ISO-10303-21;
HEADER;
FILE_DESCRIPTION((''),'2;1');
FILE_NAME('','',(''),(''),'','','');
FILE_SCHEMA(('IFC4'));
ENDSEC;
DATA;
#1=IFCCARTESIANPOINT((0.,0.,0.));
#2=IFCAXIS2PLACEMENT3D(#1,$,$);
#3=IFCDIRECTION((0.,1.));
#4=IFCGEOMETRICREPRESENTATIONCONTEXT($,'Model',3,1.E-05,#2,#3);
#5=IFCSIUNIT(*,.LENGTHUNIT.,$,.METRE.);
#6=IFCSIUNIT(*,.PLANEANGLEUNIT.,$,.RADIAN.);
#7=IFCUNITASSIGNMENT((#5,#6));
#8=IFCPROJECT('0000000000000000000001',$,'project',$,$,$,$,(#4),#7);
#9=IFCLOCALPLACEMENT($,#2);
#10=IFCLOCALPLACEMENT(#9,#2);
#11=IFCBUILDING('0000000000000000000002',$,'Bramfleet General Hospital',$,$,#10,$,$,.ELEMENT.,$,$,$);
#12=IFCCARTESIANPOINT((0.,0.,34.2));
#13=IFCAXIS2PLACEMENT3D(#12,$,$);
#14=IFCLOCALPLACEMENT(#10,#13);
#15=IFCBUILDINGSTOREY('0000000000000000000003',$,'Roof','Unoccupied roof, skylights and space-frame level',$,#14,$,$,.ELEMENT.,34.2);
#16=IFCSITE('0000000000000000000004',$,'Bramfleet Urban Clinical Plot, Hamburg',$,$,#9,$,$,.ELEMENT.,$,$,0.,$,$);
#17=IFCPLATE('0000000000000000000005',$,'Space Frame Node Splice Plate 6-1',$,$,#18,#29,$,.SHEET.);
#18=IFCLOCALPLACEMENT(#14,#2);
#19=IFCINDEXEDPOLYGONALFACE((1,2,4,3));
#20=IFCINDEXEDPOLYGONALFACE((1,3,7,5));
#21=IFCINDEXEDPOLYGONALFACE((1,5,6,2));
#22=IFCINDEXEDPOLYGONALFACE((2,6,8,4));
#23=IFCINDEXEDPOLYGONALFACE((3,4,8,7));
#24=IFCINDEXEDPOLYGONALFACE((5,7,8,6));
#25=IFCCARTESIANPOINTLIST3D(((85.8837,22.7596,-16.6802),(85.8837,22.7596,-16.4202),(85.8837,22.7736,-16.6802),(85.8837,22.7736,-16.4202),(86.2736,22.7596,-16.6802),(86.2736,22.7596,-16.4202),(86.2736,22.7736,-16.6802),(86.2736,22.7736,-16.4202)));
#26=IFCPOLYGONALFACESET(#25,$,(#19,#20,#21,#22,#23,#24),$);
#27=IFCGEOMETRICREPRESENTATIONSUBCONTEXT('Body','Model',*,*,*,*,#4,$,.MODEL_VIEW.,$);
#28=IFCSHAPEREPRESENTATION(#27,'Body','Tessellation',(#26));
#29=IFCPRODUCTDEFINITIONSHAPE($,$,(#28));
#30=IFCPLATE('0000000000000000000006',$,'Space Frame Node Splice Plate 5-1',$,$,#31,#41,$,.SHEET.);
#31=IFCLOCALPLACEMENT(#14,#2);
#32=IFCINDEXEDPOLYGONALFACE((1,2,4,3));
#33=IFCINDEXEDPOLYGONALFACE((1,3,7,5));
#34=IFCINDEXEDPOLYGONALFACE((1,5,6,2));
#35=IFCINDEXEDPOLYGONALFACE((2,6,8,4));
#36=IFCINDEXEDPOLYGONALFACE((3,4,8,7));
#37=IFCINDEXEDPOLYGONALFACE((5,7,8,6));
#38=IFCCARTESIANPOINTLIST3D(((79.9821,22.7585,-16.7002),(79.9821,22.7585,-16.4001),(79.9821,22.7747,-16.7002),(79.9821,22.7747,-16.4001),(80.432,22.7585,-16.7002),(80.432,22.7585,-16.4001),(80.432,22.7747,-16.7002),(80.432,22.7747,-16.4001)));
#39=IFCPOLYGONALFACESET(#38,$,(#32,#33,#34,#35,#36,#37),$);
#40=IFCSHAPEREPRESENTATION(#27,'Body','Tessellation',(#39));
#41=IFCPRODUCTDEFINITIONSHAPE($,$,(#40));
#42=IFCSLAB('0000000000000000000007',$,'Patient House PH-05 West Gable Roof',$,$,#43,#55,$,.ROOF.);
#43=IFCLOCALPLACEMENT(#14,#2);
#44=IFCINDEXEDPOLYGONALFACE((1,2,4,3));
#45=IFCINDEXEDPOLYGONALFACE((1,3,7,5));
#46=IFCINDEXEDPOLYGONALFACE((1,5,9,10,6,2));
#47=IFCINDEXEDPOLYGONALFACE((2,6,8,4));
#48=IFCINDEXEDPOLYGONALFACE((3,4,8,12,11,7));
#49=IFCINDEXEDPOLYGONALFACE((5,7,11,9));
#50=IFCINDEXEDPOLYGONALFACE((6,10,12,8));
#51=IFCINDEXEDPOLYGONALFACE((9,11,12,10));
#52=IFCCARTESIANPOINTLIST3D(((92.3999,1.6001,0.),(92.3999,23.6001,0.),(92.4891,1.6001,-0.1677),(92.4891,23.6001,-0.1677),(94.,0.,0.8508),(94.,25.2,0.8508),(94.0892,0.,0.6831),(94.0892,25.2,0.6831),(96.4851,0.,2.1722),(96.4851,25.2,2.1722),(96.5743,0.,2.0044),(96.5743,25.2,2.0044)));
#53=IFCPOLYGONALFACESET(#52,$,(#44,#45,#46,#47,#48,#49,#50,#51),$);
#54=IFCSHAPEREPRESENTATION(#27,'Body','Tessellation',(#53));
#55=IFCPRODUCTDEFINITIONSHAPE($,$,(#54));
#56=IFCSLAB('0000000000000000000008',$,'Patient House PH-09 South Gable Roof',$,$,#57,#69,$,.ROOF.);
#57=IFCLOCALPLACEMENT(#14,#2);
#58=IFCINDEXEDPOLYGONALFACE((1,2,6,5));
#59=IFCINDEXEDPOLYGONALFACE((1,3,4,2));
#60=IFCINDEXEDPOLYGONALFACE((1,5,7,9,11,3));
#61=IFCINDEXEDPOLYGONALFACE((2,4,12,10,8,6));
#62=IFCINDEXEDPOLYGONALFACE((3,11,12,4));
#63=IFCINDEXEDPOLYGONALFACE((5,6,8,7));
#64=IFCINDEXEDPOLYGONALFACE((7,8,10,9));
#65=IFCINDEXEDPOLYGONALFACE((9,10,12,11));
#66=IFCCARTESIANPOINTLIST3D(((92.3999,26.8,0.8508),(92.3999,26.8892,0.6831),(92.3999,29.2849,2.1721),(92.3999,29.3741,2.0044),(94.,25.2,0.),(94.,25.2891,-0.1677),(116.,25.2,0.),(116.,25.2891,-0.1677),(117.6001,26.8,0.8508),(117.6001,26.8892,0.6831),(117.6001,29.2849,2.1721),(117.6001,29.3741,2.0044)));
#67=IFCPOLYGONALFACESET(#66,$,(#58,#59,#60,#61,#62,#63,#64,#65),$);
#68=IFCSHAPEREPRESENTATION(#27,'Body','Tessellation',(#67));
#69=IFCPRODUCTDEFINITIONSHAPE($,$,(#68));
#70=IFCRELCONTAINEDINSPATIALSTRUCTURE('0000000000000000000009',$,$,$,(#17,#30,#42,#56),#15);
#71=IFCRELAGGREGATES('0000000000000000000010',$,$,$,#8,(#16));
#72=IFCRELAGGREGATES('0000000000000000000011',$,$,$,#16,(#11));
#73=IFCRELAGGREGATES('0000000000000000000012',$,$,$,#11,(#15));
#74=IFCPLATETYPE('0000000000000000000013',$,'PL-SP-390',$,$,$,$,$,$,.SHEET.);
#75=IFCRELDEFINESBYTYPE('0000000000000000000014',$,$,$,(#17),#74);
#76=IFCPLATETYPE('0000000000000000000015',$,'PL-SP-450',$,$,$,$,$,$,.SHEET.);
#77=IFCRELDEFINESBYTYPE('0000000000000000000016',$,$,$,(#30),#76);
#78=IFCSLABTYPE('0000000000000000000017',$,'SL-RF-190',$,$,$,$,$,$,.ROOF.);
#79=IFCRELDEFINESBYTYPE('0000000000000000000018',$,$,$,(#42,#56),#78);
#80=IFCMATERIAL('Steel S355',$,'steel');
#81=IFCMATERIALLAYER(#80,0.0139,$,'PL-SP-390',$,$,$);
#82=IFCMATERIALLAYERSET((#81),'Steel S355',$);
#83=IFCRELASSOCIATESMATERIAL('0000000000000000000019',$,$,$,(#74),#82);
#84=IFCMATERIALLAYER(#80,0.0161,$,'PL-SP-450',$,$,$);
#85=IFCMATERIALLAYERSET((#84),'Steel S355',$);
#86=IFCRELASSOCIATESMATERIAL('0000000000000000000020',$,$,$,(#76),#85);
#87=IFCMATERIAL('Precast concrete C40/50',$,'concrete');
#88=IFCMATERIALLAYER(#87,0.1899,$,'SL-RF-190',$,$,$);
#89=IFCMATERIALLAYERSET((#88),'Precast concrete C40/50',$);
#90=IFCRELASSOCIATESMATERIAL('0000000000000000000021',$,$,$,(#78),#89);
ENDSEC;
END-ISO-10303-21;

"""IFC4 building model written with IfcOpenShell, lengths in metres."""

from ifc_helpers import new_model, si_unit, direction, frame, origin, origin_2d, place, context, subcontext, project, spatial, polyline, rectangle, outline, extrude, material, layer, layer_set, type_object, element, save


model = new_model("IFC4")

# Units and contexts
model_context = context("Model", 3, precision=1e-05, world=origin(), true_north=direction((0.0, 1.0)))
body_context = subcontext(model_context, "Body", "Model", "MODEL_VIEW")
ifc_project = project(units=[si_unit("LENGTHUNIT", "METRE"), si_unit("PLANEANGLEUNIT", "RADIAN")], contexts=[model_context])

# Site, building, storey
site_placement = place(None, origin())
site = spatial("IfcSite", under=ifc_project, at=site_placement, Name="Bramfleet Urban Clinical Plot, Hamburg", CompositionType="ELEMENT", RefElevation=0.0)
building_placement = place(site_placement, origin())
building = spatial("IfcBuilding", under=site, at=building_placement, Name="Bramfleet General Hospital", CompositionType="ELEMENT")
storey_placement = place(building_placement, frame((0.0, 0.0, 34.2)))
storey = spatial("IfcBuildingStorey", under=building, at=storey_placement, Name="Roof", Description="Unoccupied roof, skylights and space-frame level", CompositionType="ELEMENT", Elevation=34.2)

# Shared definitions
ifc_material_1 = material(Name="Steel S355", Category="steel")

# Plates
ifc_layer_1 = layer(ifc_material_1, 0.0139, Name="PL-SP-390")
ifc_layer_set_1 = layer_set([ifc_layer_1], Name="Steel S355")
plate_type_1 = type_object("IfcPlateType", Name="PL-SP-390", PredefinedType="SHEET", material=ifc_layer_set_1)
for number, where, z_axis, x_axis, name in (
    (1, (86.0786, 22.7666, -16.6802), (0.0, 0.0, 1.0), (1.0, 0.0, 0.0), "Space Frame Node Splice Plate 6-1"),
):
    element("IfcPlate", number, at=place(storey_placement, frame(where, z_axis=z_axis, x_axis=x_axis)), inside=storey, type_object=plate_type_1, Name=name, PredefinedType="SHEET", context=body_context, shape_type="SweptSolid", body=[
        extrude(rectangle(XDim=0.3899, YDim=0.0139, at=origin_2d()), origin(), (0.0, 0.0, 1.0), 0.26),
    ])
ifc_layer_2 = layer(ifc_material_1, 0.0161, Name="PL-SP-450")
ifc_layer_set_2 = layer_set([ifc_layer_2], Name="Steel S355")
plate_type_2 = type_object("IfcPlateType", Name="PL-SP-450", PredefinedType="SHEET", material=ifc_layer_set_2)
plate_placement = place(storey_placement, frame((80.207, 22.7666, -16.7002), z_axis=(0.0, 0.0, 1.0), x_axis=(1.0, 0.0, 0.0)))
element("IfcPlate", 2, at=plate_placement, inside=storey, type_object=plate_type_2, Name="Space Frame Node Splice Plate 5-1", PredefinedType="SHEET", context=body_context, shape_type="SweptSolid", body=[
    extrude(rectangle(XDim=0.45, YDim=0.0161, at=origin_2d()), origin(), (0.0, 0.0, 1.0), 0.3),
])

# Slabs
ifc_material_2 = material(Name="Precast concrete C40/50", Category="concrete")
ifc_layer_3 = layer(ifc_material_2, 0.1899, Name="SL-RF-190")
ifc_layer_set_3 = layer_set([ifc_layer_3], Name="Precast concrete C40/50")
slab_type = type_object("IfcSlabType", Name="SL-RF-190", PredefinedType="ROOF", material=ifc_layer_set_3)
slab_1_placement = place(storey_placement, frame((94.0, 0.0, 0.8508), z_axis=(-0.469467, 0.0, 0.88295), x_axis=(0.88295, 0.0, 0.469467)))
element("IfcSlab", 3, at=slab_1_placement, inside=storey, type_object=slab_type, Name="Patient House PH-05 West Gable Roof", PredefinedType="ROOF", context=body_context, shape_type="SweptSolid", body=[
    extrude(outline(polyline([(0.0, 0.0), (2.8145, 0.0), (2.8145, 25.2), (0.0, 25.2), (-1.8122, 23.6001), (-1.8122, 1.6001), (0.0, 0.0)])), origin(), (0.0, 0.0, -1.0), 0.1899),
])
slab_2_placement = place(storey_placement, frame((94.0, 25.2, 0.0), z_axis=(0.0, -0.46949, 0.882938), x_axis=(1.0, 0.0, 0.0)))
element("IfcSlab", 4, at=slab_2_placement, inside=storey, type_object=slab_type, Name="Patient House PH-09 South Gable Roof", PredefinedType="ROOF", context=body_context, shape_type="SweptSolid", body=[
    extrude(outline(polyline([(0.0, 0.0), (22.0, 0.0), (23.6001, 1.8122), (23.6001, 4.6266), (-1.6001, 4.6266), (-1.6001, 1.8122), (0.0, 0.0)])), origin(), (0.0, 0.0, -1.0), 0.1899),
])

save(model, "model.ifc")
